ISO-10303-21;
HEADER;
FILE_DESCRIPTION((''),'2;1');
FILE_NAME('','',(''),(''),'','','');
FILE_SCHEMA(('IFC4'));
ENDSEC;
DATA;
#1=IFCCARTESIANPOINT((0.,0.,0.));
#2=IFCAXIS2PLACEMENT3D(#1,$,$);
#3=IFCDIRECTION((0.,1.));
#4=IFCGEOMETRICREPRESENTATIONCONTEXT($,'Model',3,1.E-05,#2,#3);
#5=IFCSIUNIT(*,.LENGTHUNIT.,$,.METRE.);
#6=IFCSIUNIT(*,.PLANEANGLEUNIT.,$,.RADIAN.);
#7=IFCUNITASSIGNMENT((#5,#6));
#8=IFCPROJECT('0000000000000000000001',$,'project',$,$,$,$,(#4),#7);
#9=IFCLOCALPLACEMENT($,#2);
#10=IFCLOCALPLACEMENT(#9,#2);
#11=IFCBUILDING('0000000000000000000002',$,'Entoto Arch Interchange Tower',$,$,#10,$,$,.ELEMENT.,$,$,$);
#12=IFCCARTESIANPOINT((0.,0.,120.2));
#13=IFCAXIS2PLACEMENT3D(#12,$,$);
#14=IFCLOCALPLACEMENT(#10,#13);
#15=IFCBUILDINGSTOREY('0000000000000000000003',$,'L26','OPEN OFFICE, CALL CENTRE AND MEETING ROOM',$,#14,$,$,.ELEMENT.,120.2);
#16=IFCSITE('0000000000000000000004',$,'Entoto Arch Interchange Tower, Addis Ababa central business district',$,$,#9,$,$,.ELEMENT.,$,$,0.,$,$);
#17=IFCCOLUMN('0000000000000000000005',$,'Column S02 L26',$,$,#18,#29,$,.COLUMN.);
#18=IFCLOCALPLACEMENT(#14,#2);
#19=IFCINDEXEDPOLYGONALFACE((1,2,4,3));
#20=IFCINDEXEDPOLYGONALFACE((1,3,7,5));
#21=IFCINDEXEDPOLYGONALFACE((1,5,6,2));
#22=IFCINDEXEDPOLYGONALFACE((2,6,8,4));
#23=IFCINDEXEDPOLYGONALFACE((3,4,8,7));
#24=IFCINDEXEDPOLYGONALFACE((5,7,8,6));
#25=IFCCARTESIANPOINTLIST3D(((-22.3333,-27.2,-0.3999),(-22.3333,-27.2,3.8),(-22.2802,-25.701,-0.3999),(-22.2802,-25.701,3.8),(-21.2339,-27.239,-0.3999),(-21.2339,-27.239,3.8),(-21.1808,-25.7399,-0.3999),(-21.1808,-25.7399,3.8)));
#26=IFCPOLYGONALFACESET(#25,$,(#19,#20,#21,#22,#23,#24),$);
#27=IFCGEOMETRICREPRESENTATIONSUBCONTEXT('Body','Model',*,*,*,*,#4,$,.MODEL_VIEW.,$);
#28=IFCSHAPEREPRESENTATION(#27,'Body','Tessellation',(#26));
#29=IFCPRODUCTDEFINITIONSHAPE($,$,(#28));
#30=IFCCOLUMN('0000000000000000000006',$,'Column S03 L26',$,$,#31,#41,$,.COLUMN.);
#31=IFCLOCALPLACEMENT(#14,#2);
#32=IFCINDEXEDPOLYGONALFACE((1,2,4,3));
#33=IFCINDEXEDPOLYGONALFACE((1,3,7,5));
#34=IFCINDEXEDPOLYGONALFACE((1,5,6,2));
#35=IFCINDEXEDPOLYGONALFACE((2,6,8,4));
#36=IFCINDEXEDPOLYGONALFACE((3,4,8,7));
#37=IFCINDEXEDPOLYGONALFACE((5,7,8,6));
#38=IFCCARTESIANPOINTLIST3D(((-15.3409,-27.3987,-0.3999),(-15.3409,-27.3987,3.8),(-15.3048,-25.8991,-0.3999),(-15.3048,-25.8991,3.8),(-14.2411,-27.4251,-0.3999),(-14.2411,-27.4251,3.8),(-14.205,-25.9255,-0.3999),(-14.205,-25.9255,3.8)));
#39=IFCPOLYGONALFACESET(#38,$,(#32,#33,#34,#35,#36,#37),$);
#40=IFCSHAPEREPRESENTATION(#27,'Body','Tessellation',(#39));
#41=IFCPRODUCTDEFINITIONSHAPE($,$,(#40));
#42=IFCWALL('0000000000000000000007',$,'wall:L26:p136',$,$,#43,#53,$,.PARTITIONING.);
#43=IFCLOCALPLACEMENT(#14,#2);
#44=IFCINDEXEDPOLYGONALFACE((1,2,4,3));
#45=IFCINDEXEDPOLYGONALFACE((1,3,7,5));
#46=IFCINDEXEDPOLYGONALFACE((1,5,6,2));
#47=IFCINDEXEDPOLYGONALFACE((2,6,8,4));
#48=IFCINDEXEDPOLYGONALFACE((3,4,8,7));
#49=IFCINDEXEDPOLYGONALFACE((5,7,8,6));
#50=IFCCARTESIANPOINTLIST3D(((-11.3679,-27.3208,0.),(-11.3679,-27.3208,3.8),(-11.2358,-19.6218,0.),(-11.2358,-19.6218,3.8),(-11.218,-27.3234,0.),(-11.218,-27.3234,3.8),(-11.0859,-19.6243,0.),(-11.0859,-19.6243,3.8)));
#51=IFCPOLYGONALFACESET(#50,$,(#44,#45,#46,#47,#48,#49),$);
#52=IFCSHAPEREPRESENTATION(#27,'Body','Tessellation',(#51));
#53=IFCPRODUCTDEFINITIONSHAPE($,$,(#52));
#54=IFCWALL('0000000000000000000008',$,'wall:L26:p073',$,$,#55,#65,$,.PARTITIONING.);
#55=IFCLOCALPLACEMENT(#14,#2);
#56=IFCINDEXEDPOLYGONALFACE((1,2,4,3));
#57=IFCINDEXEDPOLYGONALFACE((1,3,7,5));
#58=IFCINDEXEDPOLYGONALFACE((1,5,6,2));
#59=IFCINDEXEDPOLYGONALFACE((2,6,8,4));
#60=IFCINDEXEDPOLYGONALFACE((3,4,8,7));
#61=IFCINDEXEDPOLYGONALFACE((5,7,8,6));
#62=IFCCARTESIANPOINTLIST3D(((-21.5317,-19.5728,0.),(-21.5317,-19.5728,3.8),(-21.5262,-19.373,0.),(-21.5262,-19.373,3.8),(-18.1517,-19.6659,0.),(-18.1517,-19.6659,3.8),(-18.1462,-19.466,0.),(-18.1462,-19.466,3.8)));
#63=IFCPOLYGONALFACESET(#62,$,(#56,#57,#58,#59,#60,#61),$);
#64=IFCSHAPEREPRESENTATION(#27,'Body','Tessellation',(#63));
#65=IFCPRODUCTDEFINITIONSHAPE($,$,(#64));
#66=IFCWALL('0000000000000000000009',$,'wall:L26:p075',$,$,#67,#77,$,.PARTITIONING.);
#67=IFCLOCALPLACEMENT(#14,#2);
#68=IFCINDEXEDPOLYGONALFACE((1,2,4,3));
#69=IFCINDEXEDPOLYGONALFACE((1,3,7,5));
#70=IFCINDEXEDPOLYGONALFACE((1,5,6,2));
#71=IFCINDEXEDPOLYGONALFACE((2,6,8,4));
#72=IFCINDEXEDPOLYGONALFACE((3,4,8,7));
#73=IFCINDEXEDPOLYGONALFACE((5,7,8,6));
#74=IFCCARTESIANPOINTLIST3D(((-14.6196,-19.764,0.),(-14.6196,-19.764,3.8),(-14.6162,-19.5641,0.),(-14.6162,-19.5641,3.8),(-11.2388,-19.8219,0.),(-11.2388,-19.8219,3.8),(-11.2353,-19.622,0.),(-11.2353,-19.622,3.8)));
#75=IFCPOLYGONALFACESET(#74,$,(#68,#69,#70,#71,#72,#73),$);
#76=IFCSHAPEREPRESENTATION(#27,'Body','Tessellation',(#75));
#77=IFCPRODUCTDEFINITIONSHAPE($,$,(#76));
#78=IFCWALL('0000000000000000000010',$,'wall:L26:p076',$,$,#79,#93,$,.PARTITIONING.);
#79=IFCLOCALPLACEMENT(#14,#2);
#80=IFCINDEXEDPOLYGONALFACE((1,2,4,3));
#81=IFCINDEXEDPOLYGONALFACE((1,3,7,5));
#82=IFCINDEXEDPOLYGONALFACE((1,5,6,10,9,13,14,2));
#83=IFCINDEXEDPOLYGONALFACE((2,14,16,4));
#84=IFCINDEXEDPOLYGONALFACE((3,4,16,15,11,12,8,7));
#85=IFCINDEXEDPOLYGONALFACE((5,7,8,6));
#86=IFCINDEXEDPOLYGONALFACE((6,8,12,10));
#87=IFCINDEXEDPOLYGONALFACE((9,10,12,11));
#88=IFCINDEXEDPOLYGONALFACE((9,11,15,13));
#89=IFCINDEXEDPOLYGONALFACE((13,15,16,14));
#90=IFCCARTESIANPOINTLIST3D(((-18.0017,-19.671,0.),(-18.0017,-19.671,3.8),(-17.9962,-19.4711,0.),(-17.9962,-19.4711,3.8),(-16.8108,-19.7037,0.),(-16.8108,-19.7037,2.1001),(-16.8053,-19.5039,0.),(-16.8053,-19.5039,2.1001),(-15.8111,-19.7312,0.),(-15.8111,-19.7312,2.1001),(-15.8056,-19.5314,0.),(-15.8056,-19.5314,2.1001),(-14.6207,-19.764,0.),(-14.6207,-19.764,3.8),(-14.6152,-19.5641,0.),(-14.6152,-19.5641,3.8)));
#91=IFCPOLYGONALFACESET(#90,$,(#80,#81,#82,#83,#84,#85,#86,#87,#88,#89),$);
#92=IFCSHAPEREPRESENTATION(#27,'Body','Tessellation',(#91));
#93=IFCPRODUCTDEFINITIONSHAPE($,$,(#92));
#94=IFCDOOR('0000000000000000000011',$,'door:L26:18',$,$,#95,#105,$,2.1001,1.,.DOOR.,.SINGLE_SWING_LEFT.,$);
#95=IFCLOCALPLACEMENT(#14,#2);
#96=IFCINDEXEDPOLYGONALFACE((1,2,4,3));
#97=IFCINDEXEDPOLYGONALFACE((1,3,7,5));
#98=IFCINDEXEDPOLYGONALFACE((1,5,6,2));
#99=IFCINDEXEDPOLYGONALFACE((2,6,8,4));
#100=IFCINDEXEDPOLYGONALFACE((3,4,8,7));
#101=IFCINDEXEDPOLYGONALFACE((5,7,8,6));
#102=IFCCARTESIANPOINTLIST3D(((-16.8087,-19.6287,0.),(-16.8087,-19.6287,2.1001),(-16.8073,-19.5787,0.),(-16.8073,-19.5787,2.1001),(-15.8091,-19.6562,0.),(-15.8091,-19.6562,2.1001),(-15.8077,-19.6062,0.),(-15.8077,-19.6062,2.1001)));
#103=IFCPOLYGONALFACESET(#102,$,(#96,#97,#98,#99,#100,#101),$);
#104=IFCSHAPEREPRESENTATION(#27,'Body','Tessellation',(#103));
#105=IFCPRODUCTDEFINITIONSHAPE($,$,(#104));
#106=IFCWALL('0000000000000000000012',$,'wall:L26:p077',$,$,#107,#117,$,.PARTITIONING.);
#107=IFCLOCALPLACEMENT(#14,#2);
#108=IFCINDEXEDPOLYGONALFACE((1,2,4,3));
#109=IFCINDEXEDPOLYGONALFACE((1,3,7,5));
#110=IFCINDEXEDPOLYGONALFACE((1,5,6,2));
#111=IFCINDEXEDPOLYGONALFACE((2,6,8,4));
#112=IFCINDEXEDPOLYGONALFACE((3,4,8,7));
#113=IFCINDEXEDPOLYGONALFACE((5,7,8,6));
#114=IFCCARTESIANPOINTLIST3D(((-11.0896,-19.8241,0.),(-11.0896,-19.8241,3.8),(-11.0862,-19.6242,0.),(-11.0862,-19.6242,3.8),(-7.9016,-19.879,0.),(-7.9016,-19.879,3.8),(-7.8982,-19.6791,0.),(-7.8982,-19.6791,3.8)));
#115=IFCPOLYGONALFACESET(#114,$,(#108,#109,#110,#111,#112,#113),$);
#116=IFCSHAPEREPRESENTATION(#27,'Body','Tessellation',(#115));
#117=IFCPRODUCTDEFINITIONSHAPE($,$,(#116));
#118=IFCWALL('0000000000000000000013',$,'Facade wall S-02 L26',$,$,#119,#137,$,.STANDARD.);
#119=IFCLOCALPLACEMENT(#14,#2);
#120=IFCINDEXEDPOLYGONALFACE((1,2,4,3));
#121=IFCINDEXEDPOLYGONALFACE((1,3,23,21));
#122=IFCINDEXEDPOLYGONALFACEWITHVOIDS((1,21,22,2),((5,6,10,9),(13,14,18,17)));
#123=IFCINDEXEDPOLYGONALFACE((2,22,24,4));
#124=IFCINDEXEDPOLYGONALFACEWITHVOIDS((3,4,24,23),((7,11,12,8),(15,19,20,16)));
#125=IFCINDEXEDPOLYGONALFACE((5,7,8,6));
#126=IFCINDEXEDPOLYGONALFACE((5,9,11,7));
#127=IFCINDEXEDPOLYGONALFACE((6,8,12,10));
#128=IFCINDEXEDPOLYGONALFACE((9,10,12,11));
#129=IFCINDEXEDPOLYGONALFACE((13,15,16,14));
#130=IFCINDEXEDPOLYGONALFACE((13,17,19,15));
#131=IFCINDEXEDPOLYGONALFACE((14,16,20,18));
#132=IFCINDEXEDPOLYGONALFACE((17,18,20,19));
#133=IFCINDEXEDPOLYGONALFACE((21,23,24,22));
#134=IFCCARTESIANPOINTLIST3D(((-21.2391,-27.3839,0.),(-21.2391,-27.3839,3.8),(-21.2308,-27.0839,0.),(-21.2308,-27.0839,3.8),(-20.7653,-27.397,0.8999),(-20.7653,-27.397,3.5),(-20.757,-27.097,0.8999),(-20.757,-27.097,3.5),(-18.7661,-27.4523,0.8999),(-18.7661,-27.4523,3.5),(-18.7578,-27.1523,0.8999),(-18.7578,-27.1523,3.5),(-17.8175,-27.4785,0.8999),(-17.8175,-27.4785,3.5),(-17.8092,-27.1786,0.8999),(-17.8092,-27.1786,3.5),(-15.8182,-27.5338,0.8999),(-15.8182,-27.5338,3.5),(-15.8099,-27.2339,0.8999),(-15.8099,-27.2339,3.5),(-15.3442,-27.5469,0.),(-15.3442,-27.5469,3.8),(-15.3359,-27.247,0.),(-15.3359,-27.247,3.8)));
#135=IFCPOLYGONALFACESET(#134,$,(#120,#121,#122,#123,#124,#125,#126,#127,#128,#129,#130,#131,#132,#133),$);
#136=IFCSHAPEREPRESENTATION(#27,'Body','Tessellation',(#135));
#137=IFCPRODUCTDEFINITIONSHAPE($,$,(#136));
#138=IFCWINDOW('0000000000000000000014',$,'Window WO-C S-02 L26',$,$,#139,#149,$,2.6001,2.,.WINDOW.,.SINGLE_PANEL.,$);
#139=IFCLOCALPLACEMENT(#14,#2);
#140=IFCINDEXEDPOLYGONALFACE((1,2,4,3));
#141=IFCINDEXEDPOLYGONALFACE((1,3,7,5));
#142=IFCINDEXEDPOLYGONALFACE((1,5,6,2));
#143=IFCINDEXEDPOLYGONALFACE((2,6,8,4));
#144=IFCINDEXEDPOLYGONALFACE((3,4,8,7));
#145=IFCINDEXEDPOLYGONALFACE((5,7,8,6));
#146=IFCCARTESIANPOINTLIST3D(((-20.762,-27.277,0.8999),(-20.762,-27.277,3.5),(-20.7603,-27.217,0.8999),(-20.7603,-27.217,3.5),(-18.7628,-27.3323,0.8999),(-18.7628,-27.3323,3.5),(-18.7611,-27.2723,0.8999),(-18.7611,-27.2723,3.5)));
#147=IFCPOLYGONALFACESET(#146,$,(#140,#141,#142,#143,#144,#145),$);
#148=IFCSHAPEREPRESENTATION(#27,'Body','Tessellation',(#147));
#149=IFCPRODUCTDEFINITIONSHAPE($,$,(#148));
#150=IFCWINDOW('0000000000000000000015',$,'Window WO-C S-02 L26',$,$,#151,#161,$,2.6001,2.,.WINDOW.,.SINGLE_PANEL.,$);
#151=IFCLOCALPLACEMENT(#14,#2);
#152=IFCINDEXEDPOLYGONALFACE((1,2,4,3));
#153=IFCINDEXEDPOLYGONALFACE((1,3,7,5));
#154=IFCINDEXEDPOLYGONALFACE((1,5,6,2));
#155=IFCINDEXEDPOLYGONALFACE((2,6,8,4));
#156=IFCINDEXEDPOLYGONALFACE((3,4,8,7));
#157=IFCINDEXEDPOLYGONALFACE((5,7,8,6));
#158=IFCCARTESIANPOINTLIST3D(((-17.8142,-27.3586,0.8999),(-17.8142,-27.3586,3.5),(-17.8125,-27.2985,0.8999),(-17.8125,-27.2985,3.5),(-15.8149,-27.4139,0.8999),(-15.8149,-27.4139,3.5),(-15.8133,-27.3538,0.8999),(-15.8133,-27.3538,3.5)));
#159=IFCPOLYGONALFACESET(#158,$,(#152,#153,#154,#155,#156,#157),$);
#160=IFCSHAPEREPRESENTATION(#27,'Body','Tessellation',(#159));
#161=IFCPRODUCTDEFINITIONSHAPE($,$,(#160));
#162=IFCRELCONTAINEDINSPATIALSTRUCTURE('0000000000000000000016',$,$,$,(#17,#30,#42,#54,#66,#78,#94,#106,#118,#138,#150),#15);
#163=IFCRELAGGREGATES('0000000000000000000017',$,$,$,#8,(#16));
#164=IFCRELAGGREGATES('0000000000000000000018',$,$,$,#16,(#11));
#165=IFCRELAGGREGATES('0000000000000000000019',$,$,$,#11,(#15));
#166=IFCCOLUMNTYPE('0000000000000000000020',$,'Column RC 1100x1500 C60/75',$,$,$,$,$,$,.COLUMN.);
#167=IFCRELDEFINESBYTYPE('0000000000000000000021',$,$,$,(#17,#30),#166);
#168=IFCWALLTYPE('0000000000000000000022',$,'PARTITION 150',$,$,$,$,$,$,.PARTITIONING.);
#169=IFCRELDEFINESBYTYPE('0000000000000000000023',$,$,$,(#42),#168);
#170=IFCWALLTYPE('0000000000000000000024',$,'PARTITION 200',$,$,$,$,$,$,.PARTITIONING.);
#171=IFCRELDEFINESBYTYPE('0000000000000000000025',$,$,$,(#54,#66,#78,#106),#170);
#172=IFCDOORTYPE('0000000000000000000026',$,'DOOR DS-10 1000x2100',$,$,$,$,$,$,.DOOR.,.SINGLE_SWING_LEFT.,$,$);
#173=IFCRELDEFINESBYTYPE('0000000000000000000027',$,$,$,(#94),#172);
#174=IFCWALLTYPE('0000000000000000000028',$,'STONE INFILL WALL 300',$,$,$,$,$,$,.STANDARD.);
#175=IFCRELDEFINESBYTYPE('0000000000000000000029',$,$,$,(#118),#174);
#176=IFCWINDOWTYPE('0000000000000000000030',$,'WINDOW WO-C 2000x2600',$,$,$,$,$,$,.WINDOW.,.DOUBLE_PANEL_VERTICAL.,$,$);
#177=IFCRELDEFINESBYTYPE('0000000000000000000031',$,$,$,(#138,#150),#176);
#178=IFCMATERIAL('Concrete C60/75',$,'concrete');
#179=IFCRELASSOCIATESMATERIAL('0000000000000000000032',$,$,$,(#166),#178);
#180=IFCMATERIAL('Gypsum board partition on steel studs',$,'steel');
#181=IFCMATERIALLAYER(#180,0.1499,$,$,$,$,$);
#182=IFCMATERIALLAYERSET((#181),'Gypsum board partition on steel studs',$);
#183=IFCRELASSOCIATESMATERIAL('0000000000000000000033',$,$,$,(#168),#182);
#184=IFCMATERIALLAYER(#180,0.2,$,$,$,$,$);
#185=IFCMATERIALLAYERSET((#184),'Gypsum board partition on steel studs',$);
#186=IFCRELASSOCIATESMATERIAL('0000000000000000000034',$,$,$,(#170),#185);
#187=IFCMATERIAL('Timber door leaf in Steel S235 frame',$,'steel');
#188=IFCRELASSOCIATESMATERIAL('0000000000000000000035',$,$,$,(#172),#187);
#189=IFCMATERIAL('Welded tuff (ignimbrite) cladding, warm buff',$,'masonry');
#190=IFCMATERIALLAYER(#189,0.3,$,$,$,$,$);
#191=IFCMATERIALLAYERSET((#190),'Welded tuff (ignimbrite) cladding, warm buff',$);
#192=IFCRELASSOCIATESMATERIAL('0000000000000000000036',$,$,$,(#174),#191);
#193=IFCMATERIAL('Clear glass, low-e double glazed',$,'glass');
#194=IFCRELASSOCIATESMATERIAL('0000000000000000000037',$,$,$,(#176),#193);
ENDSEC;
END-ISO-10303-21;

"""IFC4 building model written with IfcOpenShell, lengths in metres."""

from ifc_helpers import new_model, si_unit, direction, frame, frame_2d, origin, origin_2d, place, context, subcontext, project, spatial, rectangle, extrude, material, layer, layer_set, material_profile, profile_set, type_object, element, fill, save


model = new_model("IFC4")

# Units and contexts
model_context = context("Model", 3, precision=1e-05, world=origin(), true_north=direction((0.0, 1.0)))
body_context = subcontext(model_context, "Body", "Model", "MODEL_VIEW")
ifc_project = project(units=[si_unit("LENGTHUNIT", "METRE"), si_unit("PLANEANGLEUNIT", "RADIAN")], contexts=[model_context])

# Site, building, storey
site_placement = place(None, origin())
site = spatial("IfcSite", under=ifc_project, at=site_placement, Name="Entoto Arch Interchange Tower, Addis Ababa central business district", CompositionType="ELEMENT", RefElevation=0.0)
building_placement = place(site_placement, origin())
building = spatial("IfcBuilding", under=site, at=building_placement, Name="Entoto Arch Interchange Tower", CompositionType="ELEMENT")
storey_placement = place(building_placement, frame((0.0, 0.0, 120.2)))
storey = spatial("IfcBuildingStorey", under=building, at=storey_placement, Name="L26", Description="OPEN OFFICE, CALL CENTRE AND MEETING ROOM", CompositionType="ELEMENT", Elevation=120.2)

# Columns
ifc_material_1 = material(Name="Concrete C60/75", Category="concrete")
ifc_material_profile = material_profile(ifc_material_1, rectangle(XDim=1.1001, YDim=1.5, at=origin_2d()))
ifc_profile_set = profile_set([ifc_material_profile], Name="Concrete C60/75")
column_type = type_object("IfcColumnType", Name="Column RC 1100x1500 C60/75", PredefinedType="COLUMN", material=ifc_profile_set)
for number, where, z_axis, x_axis, name in (
    (1, (-21.7571, -26.47, -0.3999), (0.0, 0.0, 1.0), (-0.999374, 0.035388, 0.0), "Column S02 L26"),
    (2, (-14.7729, -26.6621, -0.3999), (0.0, 0.0, 1.0), (-0.999711, 0.024031, 0.0), "Column S03 L26"),
):
    element("IfcColumn", number, at=place(storey_placement, frame(where, z_axis=z_axis, x_axis=x_axis)), inside=storey, type_object=column_type, Name=name, PredefinedType="COLUMN", context=body_context, shape_type="SweptSolid", body=[
        extrude(rectangle(XDim=1.1001, YDim=1.5, at=origin_2d()), origin(), (0.0, 0.0, 1.0), 4.2),
    ])

# Walls
ifc_material_2 = material(Name="Gypsum board partition on steel studs", Category="steel")
ifc_layer_1 = layer(ifc_material_2, 0.1499)
ifc_layer_set_1 = layer_set([ifc_layer_1], Name="Gypsum board partition on steel studs")
wall_type_1 = type_object("IfcWallType", Name="PARTITION 150", PredefinedType="PARTITIONING", material=ifc_layer_set_1)
wall_1_placement = place(storey_placement, frame((-11.1609, -19.623, 0.0), z_axis=(0.0, 0.0, 1.0), x_axis=(-0.017153, -0.999853, 0.0)))
element("IfcWall", 3, at=wall_1_placement, inside=storey, type_object=wall_type_1, Name="wall:L26:p136", PredefinedType="PARTITIONING", context=body_context, shape_type="SweptSolid", body=[
    extrude(rectangle(XDim=7.7002, YDim=0.1499, at=frame_2d((3.8501, 0.0))), origin(), (0.0, 0.0, 1.0), 3.8),
])
ifc_layer_2 = layer(ifc_material_2, 0.2)
ifc_layer_set_2 = layer_set([ifc_layer_2], Name="Gypsum board partition on steel studs")
wall_type_2 = type_object("IfcWallType", Name="PARTITION 200", PredefinedType="PARTITIONING", material=ifc_layer_set_2)
for number, where, z_axis, x_axis, name in (
    (4, (-18.1489, -19.5659, 0.0), (0.0, 0.0, 1.0), (-0.999622, 0.027509, 0.0), "wall:L26:p073"),
    (5, (-11.2371, -19.7219, 0.0), (0.0, 0.0, 1.0), (-0.999854, 0.017112, 0.0), "wall:L26:p075"),
):
    element("IfcWall", number, at=place(storey_placement, frame(where, z_axis=z_axis, x_axis=x_axis)), inside=storey, type_object=wall_type_2, Name=name, PredefinedType="PARTITIONING", context=body_context, shape_type="SweptSolid", body=[
        extrude(rectangle(XDim=3.3813, YDim=0.2, at=frame_2d((1.6907, 0.0))), origin(), (0.0, 0.0, 1.0), 3.8),
    ])

# Wall, opening, door
wall_2_placement = place(storey_placement, frame((-14.6179, -19.6641, 0.0), z_axis=(0.0, 0.0, 1.0), x_axis=(-0.999622, 0.027501, 0.0)))
wall_2 = element("IfcWall", 6, at=wall_2_placement, inside=storey, type_object=wall_type_2, Name="wall:L26:p076", PredefinedType="PARTITIONING", context=body_context, shape_type="SweptSolid", body=[
    extrude(rectangle(XDim=3.3823, YDim=0.2, at=frame_2d((1.6912, 0.0))), origin(), (0.0, 0.0, 1.0), 3.8),
])
opening_1_placement = place(wall_2_placement, frame((1.1909, 0.0, 0.0)))
opening_1 = element("IfcOpeningElement", 7, at=opening_1_placement, cuts=wall_2, PredefinedType="OPENING", context=body_context, shape_type="SweptSolid", body=[
    extrude(rectangle(XDim=1.0, YDim=2.1001, at=frame_2d((0.5, 1.05))), frame((0.0, 0.1099, 0.0), z_axis=(0.0, -1.0, 0.0), x_axis=(1.0, 0.0, 0.0)), (0.0, 0.0, 1.0), 0.22),
])
ifc_material_3 = material(Name="Timber door leaf in Steel S235 frame", Category="steel")
door_type = type_object("IfcDoorType", Name="DOOR DS-10 1000x2100", OperationType="SINGLE_SWING_LEFT", PredefinedType="DOOR", material=ifc_material_3)
door_placement = place(opening_1_placement, origin())
door = element("IfcDoor", 8, at=door_placement, inside=storey, type_object=door_type, Name="door:L26:18", OperationType="SINGLE_SWING_LEFT", OverallHeight=2.1001, OverallWidth=1.0, PredefinedType="DOOR", context=body_context, shape_type="SweptSolid", body=[
    extrude(rectangle(XDim=1.0, YDim=2.1001, at=frame_2d((0.5, 1.05))), frame((0.0, 0.0249, 0.0), z_axis=(0.0, -1.0, 0.0), x_axis=(1.0, 0.0, 0.0)), (0.0, 0.0, 1.0), 0.05),
])
fill(opening_1, door)

# Wall
wall_3_placement = place(storey_placement, frame((-7.8999, -19.7791, 0.0), z_axis=(0.0, 0.0, 1.0), x_axis=(-0.999852, 0.017228, 0.0)))
element("IfcWall", 9, at=wall_3_placement, inside=storey, type_object=wall_type_2, Name="wall:L26:p077", PredefinedType="PARTITIONING", context=body_context, shape_type="SweptSolid", body=[
    extrude(rectangle(XDim=3.1885, YDim=0.2, at=frame_2d((1.5942, 0.0))), origin(), (0.0, 0.0, 1.0), 3.8),
])

# Wall, openings, windows
ifc_material_4 = material(Name="Welded tuff (ignimbrite) cladding, warm buff", Category="masonry")
ifc_layer_3 = layer(ifc_material_4, 0.3)
ifc_layer_set_3 = layer_set([ifc_layer_3], Name="Welded tuff (ignimbrite) cladding, warm buff")
wall_type_3 = type_object("IfcWallType", Name="STONE INFILL WALL 300", PredefinedType="STANDARD", material=ifc_layer_set_3)
wall_4_placement = place(storey_placement, frame((-21.2351, -27.2339, 0.0), z_axis=(0.0, 0.0, 1.0), x_axis=(0.999618, -0.027654, 0.0)))
wall_4 = element("IfcWall", 10, at=wall_4_placement, inside=storey, type_object=wall_type_3, Name="Facade wall S-02 L26", PredefinedType="STANDARD", context=body_context, shape_type="SweptSolid", body=[
    extrude(rectangle(XDim=5.8972, YDim=0.3, at=frame_2d((2.9487, 0.0))), origin(), (0.0, 0.0, 1.0), 3.8),
])
opening_2_placement = place(wall_4_placement, frame((0.4741, 0.0, 0.8999)))
opening_2 = element("IfcOpeningElement", 11, at=opening_2_placement, cuts=wall_4, PredefinedType="OPENING", context=body_context, shape_type="SweptSolid", body=[
    extrude(rectangle(XDim=2.0, YDim=2.6001, at=frame_2d((1.0, 1.3))), frame((0.0, 0.1602, 0.0), z_axis=(0.0, -1.0, 0.0), x_axis=(1.0, 0.0, 0.0)), (0.0, 0.0, 1.0), 0.3201),
])
opening_3_placement = place(wall_4_placement, frame((3.4231, 0.0, 0.8999)))
opening_3 = element("IfcOpeningElement", 12, at=opening_3_placement, cuts=wall_4, PredefinedType="OPENING", context=body_context, shape_type="SweptSolid", body=[
    extrude(rectangle(XDim=2.0, YDim=2.6001, at=frame_2d((1.0, 1.3))), frame((0.0, 0.1602, 0.0), z_axis=(0.0, -1.0, 0.0), x_axis=(1.0, 0.0, 0.0)), (0.0, 0.0, 1.0), 0.3201),
])
ifc_material_5 = material(Name="Clear glass, low-e double glazed", Category="glass")
window_type = type_object("IfcWindowType", Name="WINDOW WO-C 2000x2600", PartitioningType="DOUBLE_PANEL_VERTICAL", PredefinedType="WINDOW", material=ifc_material_5)
window_1_placement = place(opening_2_placement, origin())
window_1 = element("IfcWindow", 13, at=window_1_placement, inside=storey, type_object=window_type, Name="Window WO-C S-02 L26", OverallHeight=2.6001, OverallWidth=2.0, PartitioningType="SINGLE_PANEL", PredefinedType="WINDOW", context=body_context, shape_type="SweptSolid", body=[
    extrude(rectangle(XDim=2.0, YDim=2.6001, at=frame_2d((1.0, 1.3))), frame((0.0, 0.03, 0.0), z_axis=(0.0, -1.0, 0.0), x_axis=(1.0, 0.0, 0.0)), (0.0, 0.0, 1.0), 0.0601),
])
fill(opening_2, window_1)
window_2_placement = place(opening_3_placement, origin())
window_2 = element("IfcWindow", 14, at=window_2_placement, inside=storey, type_object=window_type, Name="Window WO-C S-02 L26", OverallHeight=2.6001, OverallWidth=2.0, PartitioningType="SINGLE_PANEL", PredefinedType="WINDOW", context=body_context, shape_type="SweptSolid", body=[
    extrude(rectangle(XDim=2.0, YDim=2.6001, at=frame_2d((1.0, 1.3))), frame((0.0, 0.03, 0.0), z_axis=(0.0, -1.0, 0.0), x_axis=(1.0, 0.0, 0.0)), (0.0, 0.0, 1.0), 0.0601),
])
fill(opening_3, window_2)

save(model, "model.ifc")
